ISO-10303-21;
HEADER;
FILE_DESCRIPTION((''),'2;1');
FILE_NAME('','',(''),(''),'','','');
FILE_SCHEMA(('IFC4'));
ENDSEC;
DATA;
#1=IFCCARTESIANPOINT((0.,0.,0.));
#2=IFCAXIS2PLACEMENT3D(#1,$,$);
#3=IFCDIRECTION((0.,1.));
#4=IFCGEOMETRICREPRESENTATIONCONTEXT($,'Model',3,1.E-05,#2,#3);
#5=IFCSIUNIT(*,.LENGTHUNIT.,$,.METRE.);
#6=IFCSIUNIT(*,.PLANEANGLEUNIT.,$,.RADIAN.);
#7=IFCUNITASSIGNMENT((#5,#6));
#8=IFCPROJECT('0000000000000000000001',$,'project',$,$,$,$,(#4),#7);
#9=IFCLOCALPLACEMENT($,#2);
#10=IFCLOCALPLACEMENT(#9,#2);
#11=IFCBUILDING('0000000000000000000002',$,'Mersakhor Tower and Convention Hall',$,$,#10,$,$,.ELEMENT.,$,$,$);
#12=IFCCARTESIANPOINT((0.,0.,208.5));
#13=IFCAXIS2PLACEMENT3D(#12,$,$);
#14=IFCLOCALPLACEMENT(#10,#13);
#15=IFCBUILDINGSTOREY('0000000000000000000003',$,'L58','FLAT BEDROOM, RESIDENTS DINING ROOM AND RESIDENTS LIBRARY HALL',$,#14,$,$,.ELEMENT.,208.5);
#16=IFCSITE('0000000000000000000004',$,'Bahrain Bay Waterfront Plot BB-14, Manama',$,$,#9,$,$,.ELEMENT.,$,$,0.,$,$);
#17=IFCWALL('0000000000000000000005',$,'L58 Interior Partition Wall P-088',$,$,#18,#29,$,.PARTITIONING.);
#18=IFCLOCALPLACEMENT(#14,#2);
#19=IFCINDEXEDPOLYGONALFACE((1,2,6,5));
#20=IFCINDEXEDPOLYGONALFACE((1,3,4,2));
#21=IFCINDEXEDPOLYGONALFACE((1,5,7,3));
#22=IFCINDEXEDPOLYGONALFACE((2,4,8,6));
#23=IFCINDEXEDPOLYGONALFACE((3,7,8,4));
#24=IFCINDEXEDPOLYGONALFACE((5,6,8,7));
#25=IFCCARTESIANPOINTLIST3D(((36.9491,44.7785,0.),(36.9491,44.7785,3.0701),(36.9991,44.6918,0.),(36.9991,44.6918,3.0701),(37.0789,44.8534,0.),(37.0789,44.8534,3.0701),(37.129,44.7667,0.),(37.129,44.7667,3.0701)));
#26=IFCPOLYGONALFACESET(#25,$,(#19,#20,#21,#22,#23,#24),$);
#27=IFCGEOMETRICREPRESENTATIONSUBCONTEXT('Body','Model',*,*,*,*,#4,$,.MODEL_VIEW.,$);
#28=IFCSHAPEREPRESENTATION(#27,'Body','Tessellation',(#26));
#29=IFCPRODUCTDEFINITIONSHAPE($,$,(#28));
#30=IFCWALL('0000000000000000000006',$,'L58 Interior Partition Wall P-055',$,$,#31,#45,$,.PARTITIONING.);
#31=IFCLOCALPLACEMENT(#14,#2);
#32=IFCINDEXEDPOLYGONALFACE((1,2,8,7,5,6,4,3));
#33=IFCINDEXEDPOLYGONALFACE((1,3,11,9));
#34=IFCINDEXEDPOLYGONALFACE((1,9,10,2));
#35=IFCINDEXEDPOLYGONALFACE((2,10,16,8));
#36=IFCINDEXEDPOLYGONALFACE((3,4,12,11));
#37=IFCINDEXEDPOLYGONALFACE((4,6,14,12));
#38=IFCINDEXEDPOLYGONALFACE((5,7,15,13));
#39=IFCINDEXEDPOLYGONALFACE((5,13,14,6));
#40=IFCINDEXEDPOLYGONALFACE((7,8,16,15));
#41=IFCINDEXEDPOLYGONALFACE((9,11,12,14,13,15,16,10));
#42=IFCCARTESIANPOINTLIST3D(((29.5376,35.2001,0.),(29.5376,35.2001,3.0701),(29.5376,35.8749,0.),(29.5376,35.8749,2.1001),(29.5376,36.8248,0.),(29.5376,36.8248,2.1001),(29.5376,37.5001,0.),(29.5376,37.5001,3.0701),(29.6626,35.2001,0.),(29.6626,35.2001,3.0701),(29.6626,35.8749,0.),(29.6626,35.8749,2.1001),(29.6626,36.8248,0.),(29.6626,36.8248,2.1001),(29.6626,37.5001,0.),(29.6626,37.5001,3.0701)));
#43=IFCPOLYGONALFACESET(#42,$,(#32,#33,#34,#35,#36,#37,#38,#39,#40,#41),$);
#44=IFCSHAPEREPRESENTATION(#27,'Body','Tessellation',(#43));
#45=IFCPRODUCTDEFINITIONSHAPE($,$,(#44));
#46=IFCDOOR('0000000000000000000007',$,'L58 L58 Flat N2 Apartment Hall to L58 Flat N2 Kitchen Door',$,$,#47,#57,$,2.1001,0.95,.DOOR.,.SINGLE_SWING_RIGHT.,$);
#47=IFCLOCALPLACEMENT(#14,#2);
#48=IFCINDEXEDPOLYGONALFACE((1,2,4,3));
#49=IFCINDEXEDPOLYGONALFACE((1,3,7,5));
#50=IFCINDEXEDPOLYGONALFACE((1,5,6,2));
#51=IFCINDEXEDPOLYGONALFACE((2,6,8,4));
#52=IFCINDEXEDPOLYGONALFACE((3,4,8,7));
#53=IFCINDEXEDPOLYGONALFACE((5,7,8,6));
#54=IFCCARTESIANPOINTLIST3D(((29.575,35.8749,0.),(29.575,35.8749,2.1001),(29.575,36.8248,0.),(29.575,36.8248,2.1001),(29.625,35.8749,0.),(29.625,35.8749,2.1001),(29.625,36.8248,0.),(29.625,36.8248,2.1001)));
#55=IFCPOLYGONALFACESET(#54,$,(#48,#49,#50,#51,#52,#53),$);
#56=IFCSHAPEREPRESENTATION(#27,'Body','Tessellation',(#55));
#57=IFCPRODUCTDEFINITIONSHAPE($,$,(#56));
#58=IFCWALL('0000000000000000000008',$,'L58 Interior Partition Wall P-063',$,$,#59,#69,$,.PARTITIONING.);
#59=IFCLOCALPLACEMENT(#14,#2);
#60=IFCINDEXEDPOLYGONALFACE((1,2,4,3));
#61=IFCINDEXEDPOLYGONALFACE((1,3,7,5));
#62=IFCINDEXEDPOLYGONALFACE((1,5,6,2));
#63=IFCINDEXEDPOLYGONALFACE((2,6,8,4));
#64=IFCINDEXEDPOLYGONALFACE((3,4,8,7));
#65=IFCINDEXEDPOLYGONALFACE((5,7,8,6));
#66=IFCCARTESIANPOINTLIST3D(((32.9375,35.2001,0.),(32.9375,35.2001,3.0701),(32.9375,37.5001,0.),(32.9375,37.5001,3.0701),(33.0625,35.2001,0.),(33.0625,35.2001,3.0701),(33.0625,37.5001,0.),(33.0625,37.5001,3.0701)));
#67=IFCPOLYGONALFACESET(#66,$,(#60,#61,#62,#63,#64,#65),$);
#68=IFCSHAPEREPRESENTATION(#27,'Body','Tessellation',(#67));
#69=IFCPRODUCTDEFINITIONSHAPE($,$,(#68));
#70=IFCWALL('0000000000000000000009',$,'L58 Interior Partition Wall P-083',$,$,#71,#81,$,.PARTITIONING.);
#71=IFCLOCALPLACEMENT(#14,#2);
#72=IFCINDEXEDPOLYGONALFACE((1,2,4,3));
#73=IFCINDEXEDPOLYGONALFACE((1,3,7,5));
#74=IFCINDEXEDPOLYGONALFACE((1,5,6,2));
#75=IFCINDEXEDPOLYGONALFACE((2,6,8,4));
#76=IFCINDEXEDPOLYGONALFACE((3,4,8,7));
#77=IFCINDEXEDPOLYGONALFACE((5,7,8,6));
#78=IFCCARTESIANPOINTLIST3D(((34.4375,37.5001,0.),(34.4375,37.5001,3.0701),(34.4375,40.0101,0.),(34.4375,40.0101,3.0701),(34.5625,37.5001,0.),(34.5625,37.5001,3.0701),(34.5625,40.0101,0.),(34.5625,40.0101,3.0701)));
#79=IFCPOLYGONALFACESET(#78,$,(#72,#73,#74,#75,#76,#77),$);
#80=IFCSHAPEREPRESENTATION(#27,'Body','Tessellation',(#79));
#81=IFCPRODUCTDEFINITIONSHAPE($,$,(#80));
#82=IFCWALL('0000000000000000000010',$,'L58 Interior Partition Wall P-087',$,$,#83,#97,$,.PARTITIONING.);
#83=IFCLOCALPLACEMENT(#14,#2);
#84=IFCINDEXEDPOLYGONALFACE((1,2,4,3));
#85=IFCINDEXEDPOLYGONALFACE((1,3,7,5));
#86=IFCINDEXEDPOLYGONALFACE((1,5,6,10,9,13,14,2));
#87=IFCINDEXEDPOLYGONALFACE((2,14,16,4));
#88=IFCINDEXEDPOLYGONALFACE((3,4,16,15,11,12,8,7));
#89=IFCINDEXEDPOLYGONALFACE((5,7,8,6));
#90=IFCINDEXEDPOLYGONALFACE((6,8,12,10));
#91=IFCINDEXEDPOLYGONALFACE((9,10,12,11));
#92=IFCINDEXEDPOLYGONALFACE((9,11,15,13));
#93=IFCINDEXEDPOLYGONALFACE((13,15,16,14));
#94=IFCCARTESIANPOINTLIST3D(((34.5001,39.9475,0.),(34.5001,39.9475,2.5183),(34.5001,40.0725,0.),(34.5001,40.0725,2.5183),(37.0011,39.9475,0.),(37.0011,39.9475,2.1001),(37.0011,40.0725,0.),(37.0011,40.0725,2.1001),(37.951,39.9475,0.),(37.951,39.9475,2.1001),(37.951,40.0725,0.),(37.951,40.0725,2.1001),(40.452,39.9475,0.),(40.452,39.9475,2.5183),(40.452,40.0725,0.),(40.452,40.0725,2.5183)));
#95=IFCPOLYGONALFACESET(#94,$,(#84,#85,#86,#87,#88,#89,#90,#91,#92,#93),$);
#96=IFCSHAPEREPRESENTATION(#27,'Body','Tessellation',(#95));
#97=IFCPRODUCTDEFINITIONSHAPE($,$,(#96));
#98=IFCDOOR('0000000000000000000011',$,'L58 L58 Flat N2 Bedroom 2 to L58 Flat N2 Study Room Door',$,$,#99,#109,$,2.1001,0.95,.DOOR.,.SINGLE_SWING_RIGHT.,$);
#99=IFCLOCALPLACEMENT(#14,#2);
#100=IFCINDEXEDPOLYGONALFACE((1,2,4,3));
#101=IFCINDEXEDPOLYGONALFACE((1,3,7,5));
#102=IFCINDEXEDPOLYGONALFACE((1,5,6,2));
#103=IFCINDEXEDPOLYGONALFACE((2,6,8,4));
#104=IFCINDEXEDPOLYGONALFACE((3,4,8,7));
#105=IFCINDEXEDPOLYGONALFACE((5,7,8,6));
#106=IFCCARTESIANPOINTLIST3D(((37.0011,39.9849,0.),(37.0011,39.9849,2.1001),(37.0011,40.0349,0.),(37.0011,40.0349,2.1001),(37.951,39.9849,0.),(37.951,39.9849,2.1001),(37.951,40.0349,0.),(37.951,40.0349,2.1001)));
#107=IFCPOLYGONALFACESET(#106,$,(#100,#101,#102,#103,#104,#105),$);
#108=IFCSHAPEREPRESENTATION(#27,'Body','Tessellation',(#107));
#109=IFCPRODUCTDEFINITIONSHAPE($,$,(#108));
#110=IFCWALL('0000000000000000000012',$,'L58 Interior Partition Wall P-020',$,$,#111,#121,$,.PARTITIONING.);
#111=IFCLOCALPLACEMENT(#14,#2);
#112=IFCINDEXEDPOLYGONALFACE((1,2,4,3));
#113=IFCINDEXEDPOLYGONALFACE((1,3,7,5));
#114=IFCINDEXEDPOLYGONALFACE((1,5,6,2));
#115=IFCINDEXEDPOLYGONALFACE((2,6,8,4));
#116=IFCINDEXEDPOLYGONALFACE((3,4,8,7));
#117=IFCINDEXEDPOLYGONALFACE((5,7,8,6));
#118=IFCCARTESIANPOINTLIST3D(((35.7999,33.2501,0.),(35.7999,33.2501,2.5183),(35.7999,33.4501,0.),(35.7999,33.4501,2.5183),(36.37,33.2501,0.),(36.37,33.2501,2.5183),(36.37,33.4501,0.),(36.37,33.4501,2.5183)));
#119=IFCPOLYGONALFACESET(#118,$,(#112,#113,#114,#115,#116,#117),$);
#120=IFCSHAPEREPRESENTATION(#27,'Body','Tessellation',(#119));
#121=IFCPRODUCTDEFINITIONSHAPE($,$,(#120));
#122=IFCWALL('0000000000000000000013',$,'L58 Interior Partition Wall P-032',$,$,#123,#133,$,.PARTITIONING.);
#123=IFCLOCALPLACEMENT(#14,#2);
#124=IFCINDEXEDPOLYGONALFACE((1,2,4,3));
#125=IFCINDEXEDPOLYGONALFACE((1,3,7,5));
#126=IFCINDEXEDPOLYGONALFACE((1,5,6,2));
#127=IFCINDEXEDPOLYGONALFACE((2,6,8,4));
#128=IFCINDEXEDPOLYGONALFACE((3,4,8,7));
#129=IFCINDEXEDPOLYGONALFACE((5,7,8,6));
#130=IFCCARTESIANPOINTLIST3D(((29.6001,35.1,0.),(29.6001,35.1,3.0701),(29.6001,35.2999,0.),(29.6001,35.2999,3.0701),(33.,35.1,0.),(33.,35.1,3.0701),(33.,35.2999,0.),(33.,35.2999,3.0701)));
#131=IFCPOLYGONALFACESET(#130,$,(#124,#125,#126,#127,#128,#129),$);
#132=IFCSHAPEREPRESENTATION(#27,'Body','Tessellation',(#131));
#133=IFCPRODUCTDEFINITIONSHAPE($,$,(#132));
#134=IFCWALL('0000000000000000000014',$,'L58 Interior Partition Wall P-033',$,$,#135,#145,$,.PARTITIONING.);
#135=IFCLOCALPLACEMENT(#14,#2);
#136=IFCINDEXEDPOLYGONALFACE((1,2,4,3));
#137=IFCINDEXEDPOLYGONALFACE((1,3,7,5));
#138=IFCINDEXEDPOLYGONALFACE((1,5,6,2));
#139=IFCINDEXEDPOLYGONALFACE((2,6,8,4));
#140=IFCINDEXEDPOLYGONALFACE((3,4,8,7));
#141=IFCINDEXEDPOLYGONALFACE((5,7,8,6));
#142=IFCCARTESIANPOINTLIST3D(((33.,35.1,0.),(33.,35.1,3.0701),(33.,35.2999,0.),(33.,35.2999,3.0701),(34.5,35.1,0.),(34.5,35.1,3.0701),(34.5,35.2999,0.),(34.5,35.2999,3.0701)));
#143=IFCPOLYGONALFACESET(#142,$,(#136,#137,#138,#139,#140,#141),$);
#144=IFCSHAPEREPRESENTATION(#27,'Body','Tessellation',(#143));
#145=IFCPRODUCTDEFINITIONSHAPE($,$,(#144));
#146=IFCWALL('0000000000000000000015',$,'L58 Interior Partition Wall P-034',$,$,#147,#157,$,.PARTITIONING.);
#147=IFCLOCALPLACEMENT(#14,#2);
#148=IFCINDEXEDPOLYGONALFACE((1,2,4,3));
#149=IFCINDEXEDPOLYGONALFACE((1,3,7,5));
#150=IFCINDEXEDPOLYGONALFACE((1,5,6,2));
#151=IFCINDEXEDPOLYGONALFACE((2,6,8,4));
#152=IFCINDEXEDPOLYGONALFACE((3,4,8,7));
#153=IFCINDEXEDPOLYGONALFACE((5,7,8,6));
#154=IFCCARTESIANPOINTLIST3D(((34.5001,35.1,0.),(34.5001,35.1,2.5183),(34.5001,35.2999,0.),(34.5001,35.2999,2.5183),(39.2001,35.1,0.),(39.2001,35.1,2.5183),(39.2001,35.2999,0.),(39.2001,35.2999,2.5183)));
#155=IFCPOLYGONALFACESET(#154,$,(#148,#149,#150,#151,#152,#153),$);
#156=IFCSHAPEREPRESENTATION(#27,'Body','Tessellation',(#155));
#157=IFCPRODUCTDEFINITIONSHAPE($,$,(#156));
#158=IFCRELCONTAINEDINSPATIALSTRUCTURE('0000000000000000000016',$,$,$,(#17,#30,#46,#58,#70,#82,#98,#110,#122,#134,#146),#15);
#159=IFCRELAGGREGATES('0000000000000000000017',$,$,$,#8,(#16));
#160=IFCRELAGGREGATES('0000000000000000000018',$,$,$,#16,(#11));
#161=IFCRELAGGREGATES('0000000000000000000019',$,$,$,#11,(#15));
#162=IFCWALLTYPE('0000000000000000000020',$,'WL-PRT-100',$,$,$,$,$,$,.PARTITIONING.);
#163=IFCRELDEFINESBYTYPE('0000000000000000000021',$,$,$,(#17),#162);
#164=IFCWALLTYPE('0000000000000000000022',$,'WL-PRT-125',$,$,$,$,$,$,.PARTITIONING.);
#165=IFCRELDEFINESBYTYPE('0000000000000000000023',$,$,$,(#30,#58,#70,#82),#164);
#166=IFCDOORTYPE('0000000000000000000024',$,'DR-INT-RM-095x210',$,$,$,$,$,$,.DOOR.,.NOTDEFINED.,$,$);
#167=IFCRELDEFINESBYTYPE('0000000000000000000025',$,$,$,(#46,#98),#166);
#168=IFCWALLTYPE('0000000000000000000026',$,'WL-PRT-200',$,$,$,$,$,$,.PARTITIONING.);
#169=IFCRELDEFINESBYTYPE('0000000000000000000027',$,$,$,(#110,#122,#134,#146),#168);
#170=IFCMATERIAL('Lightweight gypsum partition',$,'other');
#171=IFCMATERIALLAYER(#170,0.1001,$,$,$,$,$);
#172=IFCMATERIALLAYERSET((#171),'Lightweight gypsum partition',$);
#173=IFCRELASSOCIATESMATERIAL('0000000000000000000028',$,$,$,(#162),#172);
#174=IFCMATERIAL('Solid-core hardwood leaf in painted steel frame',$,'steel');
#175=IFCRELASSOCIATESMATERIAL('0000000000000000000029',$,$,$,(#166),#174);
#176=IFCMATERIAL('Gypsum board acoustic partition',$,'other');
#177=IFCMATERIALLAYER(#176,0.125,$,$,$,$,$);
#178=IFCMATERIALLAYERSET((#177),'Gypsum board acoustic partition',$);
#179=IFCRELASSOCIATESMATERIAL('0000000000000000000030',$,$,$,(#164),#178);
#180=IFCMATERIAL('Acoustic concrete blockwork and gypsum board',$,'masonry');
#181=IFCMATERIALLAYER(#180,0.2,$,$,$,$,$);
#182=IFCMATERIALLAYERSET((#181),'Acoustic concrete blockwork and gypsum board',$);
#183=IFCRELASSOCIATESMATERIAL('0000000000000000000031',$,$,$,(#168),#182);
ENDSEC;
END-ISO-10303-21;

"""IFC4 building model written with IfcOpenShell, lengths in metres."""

from ifc_helpers import new_model, si_unit, direction, frame, frame_2d, origin, place, context, subcontext, project, spatial, rectangle, extrude, material, layer, layer_set, type_object, element, fill, save


model = new_model("IFC4")

# Units and contexts
model_context = context("Model", 3, precision=1e-05, world=origin(), true_north=direction((0.0, 1.0)))
body_context = subcontext(model_context, "Body", "Model", "MODEL_VIEW")
ifc_project = project(units=[si_unit("LENGTHUNIT", "METRE"), si_unit("PLANEANGLEUNIT", "RADIAN")], contexts=[model_context])

# Site, building, storey
site_placement = place(None, origin())
site = spatial("IfcSite", under=ifc_project, at=site_placement, Name="Bahrain Bay Waterfront Plot BB-14, Manama", CompositionType="ELEMENT", RefElevation=0.0)
building_placement = place(site_placement, origin())
building = spatial("IfcBuilding", under=site, at=building_placement, Name="Mersakhor Tower and Convention Hall", CompositionType="ELEMENT")
storey_placement = place(building_placement, frame((0.0, 0.0, 208.5)))
storey = spatial("IfcBuildingStorey", under=building, at=storey_placement, Name="L58", Description="FLAT BEDROOM, RESIDENTS DINING ROOM AND RESIDENTS LIBRARY HALL", CompositionType="ELEMENT", Elevation=208.5)

# Shared definitions
ifc_material_1 = material(Name="Lightweight gypsum partition", Category="other")
ifc_layer_1 = layer(ifc_material_1, 0.1001)
ifc_layer_set_1 = layer_set([ifc_layer_1], Name="Lightweight gypsum partition")
wall_type_1 = type_object("IfcWallType", Name="WL-PRT-100", PredefinedType="PARTITIONING", material=ifc_layer_set_1)

# Shared definitions
ifc_material_2 = material(Name="Solid-core hardwood leaf in painted steel frame", Category="steel")
door_type = type_object("IfcDoorType", Name="DR-INT-RM-095x210", OperationType="NOTDEFINED", PredefinedType="DOOR", material=ifc_material_2)

# Wall
wall_1_placement = place(storey_placement, frame((36.9741, 44.7351, 0.0), z_axis=(0.0, 0.0, 1.0), x_axis=(0.866131, 0.499816, 0.0)))
element("IfcWall", 1, at=wall_1_placement, inside=storey, type_object=wall_type_1, Name="L58 Interior Partition Wall P-088", PredefinedType="PARTITIONING", context=body_context, shape_type="SweptSolid", body=[
    extrude(rectangle(XDim=0.1499, YDim=0.1001, at=frame_2d((0.075, 0.0))), origin(), (0.0, 0.0, 1.0), 3.0701),
])

# Wall, opening, door
ifc_material_3 = material(Name="Gypsum board acoustic partition", Category="other")
ifc_layer_2 = layer(ifc_material_3, 0.125)
ifc_layer_set_2 = layer_set([ifc_layer_2], Name="Gypsum board acoustic partition")
wall_type_2 = type_object("IfcWallType", Name="WL-PRT-125", PredefinedType="PARTITIONING", material=ifc_layer_set_2)
wall_2_placement = place(storey_placement, frame((29.6001, 37.5, 0.0), z_axis=(0.0, 0.0, 1.0), x_axis=(0.0, -1.0, 0.0)))
wall_2 = element("IfcWall", 2, at=wall_2_placement, inside=storey, type_object=wall_type_2, Name="L58 Interior Partition Wall P-055", PredefinedType="PARTITIONING", context=body_context, shape_type="SweptSolid", body=[
    extrude(rectangle(XDim=2.3, YDim=0.125, at=frame_2d((1.1499, 0.0))), origin(), (0.0, 0.0, 1.0), 3.0701),
])
opening_1_placement = place(wall_2_placement, frame((0.675, 0.0, 0.0)))
opening_1 = element("IfcOpeningElement", 3, at=opening_1_placement, cuts=wall_2, PredefinedType="OPENING", context=body_context, shape_type="SweptSolid", body=[
    extrude(rectangle(XDim=0.95, YDim=2.1001, at=frame_2d((0.4751, 1.05))), frame((0.0, 0.0725, 0.0), z_axis=(0.0, -1.0, 0.0), x_axis=(1.0, 0.0, 0.0)), (0.0, 0.0, 1.0), 0.145),
])
door_1_placement = place(opening_1_placement, origin())
door_1 = element("IfcDoor", 4, at=door_1_placement, inside=storey, type_object=door_type, Name="L58 L58 Flat N2 Apartment Hall to L58 Flat N2 Kitchen Door", OperationType="SINGLE_SWING_RIGHT", OverallHeight=2.1001, OverallWidth=0.95, PredefinedType="DOOR", context=body_context, shape_type="SweptSolid", body=[
    extrude(rectangle(XDim=0.95, YDim=2.1001, at=frame_2d((0.4751, 1.05))), frame((0.0, 0.0249, 0.0), z_axis=(0.0, -1.0, 0.0), x_axis=(1.0, 0.0, 0.0)), (0.0, 0.0, 1.0), 0.05),
])
fill(opening_1, door_1)

# Walls
wall_3_placement = place(storey_placement, frame((33.0, 37.5, 0.0), z_axis=(0.0, 0.0, 1.0), x_axis=(0.0, -1.0, 0.0)))
element("IfcWall", 5, at=wall_3_placement, inside=storey, type_object=wall_type_2, Name="L58 Interior Partition Wall P-063", PredefinedType="PARTITIONING", context=body_context, shape_type="SweptSolid", body=[
    extrude(rectangle(XDim=2.3, YDim=0.125, at=frame_2d((1.1499, 0.0))), origin(), (0.0, 0.0, 1.0), 3.0701),
])
wall_4_placement = place(storey_placement, frame((34.5, 40.01, 0.0), z_axis=(0.0, 0.0, 1.0), x_axis=(0.0, -1.0, 0.0)))
element("IfcWall", 6, at=wall_4_placement, inside=storey, type_object=wall_type_2, Name="L58 Interior Partition Wall P-083", PredefinedType="PARTITIONING", context=body_context, shape_type="SweptSolid", body=[
    extrude(rectangle(XDim=2.51, YDim=0.125, at=frame_2d((1.2549, 0.0))), origin(), (0.0, 0.0, 1.0), 3.0701),
])

# Wall, opening, door
wall_5_placement = place(storey_placement, frame((34.5, 40.01, 0.0), z_axis=(0.0, 0.0, 1.0), x_axis=(1.0, 0.0, 0.0)))
wall_5 = element("IfcWall", 7, at=wall_5_placement, inside=storey, type_object=wall_type_2, Name="L58 Interior Partition Wall P-087", PredefinedType="PARTITIONING", context=body_context, shape_type="SweptSolid", body=[
    extrude(rectangle(XDim=5.9519, YDim=0.125, at=frame_2d((2.9761, 0.0))), origin(), (0.0, 0.0, 1.0), 2.5183),
])
opening_2_placement = place(wall_5_placement, frame((2.501, 0.0, 0.0)))
opening_2 = element("IfcOpeningElement", 8, at=opening_2_placement, cuts=wall_5, PredefinedType="OPENING", context=body_context, shape_type="SweptSolid", body=[
    extrude(rectangle(XDim=0.95, YDim=2.1001, at=frame_2d((0.4751, 1.05))), frame((0.0, 0.0725, 0.0), z_axis=(0.0, -1.0, 0.0), x_axis=(1.0, 0.0, 0.0)), (0.0, 0.0, 1.0), 0.145),
])
door_2_placement = place(opening_2_placement, origin())
door_2 = element("IfcDoor", 9, at=door_2_placement, inside=storey, type_object=door_type, Name="L58 L58 Flat N2 Bedroom 2 to L58 Flat N2 Study Room Door", OperationType="SINGLE_SWING_RIGHT", OverallHeight=2.1001, OverallWidth=0.95, PredefinedType="DOOR", context=body_context, shape_type="SweptSolid", body=[
    extrude(rectangle(XDim=0.95, YDim=2.1001, at=frame_2d((0.4751, 1.05))), frame((0.0, 0.0249, 0.0), z_axis=(0.0, -1.0, 0.0), x_axis=(1.0, 0.0, 0.0)), (0.0, 0.0, 1.0), 0.05),
])
fill(opening_2, door_2)

# Walls
ifc_material_4 = material(Name="Acoustic concrete blockwork and gypsum board", Category="masonry")
ifc_layer_3 = layer(ifc_material_4, 0.2)
ifc_layer_set_3 = layer_set([ifc_layer_3], Name="Acoustic concrete blockwork and gypsum board")
wall_type_3 = type_object("IfcWallType", Name="WL-PRT-200", PredefinedType="PARTITIONING", material=ifc_layer_set_3)
wall_6_placement = place(storey_placement, frame((36.3701, 33.3501, 0.0), z_axis=(0.0, 0.0, 1.0), x_axis=(-1.0, 0.0, 0.0)))
element("IfcWall", 10, at=wall_6_placement, inside=storey, type_object=wall_type_3, Name="L58 Interior Partition Wall P-020", PredefinedType="PARTITIONING", context=body_context, shape_type="SweptSolid", body=[
    extrude(rectangle(XDim=0.5701, YDim=0.2, at=frame_2d((0.2852, 0.0))), origin(), (0.0, 0.0, 1.0), 2.5183),
])
wall_7_placement = place(storey_placement, frame((29.6001, 35.2, 0.0), z_axis=(0.0, 0.0, 1.0), x_axis=(1.0, 0.0, 0.0)))
element("IfcWall", 11, at=wall_7_placement, inside=storey, type_object=wall_type_3, Name="L58 Interior Partition Wall P-032", PredefinedType="PARTITIONING", context=body_context, shape_type="SweptSolid", body=[
    extrude(rectangle(XDim=3.3999, YDim=0.2, at=frame_2d((1.7, 0.0))), origin(), (0.0, 0.0, 1.0), 3.0701),
])
wall_8_placement = place(storey_placement, frame((33.0, 35.2, 0.0), z_axis=(0.0, 0.0, 1.0), x_axis=(1.0, 0.0, 0.0)))
element("IfcWall", 12, at=wall_8_placement, inside=storey, type_object=wall_type_3, Name="L58 Interior Partition Wall P-033", PredefinedType="PARTITIONING", context=body_context, shape_type="SweptSolid", body=[
    extrude(rectangle(XDim=1.5, YDim=0.2, at=frame_2d((0.75, 0.0))), origin(), (0.0, 0.0, 1.0), 3.0701),
])
wall_9_placement = place(storey_placement, frame((34.5, 35.2, 0.0), z_axis=(0.0, 0.0, 1.0), x_axis=(1.0, 0.0, 0.0)))
element("IfcWall", 13, at=wall_9_placement, inside=storey, type_object=wall_type_3, Name="L58 Interior Partition Wall P-034", PredefinedType="PARTITIONING", context=body_context, shape_type="SweptSolid", body=[
    extrude(rectangle(XDim=4.7, YDim=0.2, at=frame_2d((2.3501, 0.0))), origin(), (0.0, 0.0, 1.0), 2.5183),
])

save(model, "model.ifc")
